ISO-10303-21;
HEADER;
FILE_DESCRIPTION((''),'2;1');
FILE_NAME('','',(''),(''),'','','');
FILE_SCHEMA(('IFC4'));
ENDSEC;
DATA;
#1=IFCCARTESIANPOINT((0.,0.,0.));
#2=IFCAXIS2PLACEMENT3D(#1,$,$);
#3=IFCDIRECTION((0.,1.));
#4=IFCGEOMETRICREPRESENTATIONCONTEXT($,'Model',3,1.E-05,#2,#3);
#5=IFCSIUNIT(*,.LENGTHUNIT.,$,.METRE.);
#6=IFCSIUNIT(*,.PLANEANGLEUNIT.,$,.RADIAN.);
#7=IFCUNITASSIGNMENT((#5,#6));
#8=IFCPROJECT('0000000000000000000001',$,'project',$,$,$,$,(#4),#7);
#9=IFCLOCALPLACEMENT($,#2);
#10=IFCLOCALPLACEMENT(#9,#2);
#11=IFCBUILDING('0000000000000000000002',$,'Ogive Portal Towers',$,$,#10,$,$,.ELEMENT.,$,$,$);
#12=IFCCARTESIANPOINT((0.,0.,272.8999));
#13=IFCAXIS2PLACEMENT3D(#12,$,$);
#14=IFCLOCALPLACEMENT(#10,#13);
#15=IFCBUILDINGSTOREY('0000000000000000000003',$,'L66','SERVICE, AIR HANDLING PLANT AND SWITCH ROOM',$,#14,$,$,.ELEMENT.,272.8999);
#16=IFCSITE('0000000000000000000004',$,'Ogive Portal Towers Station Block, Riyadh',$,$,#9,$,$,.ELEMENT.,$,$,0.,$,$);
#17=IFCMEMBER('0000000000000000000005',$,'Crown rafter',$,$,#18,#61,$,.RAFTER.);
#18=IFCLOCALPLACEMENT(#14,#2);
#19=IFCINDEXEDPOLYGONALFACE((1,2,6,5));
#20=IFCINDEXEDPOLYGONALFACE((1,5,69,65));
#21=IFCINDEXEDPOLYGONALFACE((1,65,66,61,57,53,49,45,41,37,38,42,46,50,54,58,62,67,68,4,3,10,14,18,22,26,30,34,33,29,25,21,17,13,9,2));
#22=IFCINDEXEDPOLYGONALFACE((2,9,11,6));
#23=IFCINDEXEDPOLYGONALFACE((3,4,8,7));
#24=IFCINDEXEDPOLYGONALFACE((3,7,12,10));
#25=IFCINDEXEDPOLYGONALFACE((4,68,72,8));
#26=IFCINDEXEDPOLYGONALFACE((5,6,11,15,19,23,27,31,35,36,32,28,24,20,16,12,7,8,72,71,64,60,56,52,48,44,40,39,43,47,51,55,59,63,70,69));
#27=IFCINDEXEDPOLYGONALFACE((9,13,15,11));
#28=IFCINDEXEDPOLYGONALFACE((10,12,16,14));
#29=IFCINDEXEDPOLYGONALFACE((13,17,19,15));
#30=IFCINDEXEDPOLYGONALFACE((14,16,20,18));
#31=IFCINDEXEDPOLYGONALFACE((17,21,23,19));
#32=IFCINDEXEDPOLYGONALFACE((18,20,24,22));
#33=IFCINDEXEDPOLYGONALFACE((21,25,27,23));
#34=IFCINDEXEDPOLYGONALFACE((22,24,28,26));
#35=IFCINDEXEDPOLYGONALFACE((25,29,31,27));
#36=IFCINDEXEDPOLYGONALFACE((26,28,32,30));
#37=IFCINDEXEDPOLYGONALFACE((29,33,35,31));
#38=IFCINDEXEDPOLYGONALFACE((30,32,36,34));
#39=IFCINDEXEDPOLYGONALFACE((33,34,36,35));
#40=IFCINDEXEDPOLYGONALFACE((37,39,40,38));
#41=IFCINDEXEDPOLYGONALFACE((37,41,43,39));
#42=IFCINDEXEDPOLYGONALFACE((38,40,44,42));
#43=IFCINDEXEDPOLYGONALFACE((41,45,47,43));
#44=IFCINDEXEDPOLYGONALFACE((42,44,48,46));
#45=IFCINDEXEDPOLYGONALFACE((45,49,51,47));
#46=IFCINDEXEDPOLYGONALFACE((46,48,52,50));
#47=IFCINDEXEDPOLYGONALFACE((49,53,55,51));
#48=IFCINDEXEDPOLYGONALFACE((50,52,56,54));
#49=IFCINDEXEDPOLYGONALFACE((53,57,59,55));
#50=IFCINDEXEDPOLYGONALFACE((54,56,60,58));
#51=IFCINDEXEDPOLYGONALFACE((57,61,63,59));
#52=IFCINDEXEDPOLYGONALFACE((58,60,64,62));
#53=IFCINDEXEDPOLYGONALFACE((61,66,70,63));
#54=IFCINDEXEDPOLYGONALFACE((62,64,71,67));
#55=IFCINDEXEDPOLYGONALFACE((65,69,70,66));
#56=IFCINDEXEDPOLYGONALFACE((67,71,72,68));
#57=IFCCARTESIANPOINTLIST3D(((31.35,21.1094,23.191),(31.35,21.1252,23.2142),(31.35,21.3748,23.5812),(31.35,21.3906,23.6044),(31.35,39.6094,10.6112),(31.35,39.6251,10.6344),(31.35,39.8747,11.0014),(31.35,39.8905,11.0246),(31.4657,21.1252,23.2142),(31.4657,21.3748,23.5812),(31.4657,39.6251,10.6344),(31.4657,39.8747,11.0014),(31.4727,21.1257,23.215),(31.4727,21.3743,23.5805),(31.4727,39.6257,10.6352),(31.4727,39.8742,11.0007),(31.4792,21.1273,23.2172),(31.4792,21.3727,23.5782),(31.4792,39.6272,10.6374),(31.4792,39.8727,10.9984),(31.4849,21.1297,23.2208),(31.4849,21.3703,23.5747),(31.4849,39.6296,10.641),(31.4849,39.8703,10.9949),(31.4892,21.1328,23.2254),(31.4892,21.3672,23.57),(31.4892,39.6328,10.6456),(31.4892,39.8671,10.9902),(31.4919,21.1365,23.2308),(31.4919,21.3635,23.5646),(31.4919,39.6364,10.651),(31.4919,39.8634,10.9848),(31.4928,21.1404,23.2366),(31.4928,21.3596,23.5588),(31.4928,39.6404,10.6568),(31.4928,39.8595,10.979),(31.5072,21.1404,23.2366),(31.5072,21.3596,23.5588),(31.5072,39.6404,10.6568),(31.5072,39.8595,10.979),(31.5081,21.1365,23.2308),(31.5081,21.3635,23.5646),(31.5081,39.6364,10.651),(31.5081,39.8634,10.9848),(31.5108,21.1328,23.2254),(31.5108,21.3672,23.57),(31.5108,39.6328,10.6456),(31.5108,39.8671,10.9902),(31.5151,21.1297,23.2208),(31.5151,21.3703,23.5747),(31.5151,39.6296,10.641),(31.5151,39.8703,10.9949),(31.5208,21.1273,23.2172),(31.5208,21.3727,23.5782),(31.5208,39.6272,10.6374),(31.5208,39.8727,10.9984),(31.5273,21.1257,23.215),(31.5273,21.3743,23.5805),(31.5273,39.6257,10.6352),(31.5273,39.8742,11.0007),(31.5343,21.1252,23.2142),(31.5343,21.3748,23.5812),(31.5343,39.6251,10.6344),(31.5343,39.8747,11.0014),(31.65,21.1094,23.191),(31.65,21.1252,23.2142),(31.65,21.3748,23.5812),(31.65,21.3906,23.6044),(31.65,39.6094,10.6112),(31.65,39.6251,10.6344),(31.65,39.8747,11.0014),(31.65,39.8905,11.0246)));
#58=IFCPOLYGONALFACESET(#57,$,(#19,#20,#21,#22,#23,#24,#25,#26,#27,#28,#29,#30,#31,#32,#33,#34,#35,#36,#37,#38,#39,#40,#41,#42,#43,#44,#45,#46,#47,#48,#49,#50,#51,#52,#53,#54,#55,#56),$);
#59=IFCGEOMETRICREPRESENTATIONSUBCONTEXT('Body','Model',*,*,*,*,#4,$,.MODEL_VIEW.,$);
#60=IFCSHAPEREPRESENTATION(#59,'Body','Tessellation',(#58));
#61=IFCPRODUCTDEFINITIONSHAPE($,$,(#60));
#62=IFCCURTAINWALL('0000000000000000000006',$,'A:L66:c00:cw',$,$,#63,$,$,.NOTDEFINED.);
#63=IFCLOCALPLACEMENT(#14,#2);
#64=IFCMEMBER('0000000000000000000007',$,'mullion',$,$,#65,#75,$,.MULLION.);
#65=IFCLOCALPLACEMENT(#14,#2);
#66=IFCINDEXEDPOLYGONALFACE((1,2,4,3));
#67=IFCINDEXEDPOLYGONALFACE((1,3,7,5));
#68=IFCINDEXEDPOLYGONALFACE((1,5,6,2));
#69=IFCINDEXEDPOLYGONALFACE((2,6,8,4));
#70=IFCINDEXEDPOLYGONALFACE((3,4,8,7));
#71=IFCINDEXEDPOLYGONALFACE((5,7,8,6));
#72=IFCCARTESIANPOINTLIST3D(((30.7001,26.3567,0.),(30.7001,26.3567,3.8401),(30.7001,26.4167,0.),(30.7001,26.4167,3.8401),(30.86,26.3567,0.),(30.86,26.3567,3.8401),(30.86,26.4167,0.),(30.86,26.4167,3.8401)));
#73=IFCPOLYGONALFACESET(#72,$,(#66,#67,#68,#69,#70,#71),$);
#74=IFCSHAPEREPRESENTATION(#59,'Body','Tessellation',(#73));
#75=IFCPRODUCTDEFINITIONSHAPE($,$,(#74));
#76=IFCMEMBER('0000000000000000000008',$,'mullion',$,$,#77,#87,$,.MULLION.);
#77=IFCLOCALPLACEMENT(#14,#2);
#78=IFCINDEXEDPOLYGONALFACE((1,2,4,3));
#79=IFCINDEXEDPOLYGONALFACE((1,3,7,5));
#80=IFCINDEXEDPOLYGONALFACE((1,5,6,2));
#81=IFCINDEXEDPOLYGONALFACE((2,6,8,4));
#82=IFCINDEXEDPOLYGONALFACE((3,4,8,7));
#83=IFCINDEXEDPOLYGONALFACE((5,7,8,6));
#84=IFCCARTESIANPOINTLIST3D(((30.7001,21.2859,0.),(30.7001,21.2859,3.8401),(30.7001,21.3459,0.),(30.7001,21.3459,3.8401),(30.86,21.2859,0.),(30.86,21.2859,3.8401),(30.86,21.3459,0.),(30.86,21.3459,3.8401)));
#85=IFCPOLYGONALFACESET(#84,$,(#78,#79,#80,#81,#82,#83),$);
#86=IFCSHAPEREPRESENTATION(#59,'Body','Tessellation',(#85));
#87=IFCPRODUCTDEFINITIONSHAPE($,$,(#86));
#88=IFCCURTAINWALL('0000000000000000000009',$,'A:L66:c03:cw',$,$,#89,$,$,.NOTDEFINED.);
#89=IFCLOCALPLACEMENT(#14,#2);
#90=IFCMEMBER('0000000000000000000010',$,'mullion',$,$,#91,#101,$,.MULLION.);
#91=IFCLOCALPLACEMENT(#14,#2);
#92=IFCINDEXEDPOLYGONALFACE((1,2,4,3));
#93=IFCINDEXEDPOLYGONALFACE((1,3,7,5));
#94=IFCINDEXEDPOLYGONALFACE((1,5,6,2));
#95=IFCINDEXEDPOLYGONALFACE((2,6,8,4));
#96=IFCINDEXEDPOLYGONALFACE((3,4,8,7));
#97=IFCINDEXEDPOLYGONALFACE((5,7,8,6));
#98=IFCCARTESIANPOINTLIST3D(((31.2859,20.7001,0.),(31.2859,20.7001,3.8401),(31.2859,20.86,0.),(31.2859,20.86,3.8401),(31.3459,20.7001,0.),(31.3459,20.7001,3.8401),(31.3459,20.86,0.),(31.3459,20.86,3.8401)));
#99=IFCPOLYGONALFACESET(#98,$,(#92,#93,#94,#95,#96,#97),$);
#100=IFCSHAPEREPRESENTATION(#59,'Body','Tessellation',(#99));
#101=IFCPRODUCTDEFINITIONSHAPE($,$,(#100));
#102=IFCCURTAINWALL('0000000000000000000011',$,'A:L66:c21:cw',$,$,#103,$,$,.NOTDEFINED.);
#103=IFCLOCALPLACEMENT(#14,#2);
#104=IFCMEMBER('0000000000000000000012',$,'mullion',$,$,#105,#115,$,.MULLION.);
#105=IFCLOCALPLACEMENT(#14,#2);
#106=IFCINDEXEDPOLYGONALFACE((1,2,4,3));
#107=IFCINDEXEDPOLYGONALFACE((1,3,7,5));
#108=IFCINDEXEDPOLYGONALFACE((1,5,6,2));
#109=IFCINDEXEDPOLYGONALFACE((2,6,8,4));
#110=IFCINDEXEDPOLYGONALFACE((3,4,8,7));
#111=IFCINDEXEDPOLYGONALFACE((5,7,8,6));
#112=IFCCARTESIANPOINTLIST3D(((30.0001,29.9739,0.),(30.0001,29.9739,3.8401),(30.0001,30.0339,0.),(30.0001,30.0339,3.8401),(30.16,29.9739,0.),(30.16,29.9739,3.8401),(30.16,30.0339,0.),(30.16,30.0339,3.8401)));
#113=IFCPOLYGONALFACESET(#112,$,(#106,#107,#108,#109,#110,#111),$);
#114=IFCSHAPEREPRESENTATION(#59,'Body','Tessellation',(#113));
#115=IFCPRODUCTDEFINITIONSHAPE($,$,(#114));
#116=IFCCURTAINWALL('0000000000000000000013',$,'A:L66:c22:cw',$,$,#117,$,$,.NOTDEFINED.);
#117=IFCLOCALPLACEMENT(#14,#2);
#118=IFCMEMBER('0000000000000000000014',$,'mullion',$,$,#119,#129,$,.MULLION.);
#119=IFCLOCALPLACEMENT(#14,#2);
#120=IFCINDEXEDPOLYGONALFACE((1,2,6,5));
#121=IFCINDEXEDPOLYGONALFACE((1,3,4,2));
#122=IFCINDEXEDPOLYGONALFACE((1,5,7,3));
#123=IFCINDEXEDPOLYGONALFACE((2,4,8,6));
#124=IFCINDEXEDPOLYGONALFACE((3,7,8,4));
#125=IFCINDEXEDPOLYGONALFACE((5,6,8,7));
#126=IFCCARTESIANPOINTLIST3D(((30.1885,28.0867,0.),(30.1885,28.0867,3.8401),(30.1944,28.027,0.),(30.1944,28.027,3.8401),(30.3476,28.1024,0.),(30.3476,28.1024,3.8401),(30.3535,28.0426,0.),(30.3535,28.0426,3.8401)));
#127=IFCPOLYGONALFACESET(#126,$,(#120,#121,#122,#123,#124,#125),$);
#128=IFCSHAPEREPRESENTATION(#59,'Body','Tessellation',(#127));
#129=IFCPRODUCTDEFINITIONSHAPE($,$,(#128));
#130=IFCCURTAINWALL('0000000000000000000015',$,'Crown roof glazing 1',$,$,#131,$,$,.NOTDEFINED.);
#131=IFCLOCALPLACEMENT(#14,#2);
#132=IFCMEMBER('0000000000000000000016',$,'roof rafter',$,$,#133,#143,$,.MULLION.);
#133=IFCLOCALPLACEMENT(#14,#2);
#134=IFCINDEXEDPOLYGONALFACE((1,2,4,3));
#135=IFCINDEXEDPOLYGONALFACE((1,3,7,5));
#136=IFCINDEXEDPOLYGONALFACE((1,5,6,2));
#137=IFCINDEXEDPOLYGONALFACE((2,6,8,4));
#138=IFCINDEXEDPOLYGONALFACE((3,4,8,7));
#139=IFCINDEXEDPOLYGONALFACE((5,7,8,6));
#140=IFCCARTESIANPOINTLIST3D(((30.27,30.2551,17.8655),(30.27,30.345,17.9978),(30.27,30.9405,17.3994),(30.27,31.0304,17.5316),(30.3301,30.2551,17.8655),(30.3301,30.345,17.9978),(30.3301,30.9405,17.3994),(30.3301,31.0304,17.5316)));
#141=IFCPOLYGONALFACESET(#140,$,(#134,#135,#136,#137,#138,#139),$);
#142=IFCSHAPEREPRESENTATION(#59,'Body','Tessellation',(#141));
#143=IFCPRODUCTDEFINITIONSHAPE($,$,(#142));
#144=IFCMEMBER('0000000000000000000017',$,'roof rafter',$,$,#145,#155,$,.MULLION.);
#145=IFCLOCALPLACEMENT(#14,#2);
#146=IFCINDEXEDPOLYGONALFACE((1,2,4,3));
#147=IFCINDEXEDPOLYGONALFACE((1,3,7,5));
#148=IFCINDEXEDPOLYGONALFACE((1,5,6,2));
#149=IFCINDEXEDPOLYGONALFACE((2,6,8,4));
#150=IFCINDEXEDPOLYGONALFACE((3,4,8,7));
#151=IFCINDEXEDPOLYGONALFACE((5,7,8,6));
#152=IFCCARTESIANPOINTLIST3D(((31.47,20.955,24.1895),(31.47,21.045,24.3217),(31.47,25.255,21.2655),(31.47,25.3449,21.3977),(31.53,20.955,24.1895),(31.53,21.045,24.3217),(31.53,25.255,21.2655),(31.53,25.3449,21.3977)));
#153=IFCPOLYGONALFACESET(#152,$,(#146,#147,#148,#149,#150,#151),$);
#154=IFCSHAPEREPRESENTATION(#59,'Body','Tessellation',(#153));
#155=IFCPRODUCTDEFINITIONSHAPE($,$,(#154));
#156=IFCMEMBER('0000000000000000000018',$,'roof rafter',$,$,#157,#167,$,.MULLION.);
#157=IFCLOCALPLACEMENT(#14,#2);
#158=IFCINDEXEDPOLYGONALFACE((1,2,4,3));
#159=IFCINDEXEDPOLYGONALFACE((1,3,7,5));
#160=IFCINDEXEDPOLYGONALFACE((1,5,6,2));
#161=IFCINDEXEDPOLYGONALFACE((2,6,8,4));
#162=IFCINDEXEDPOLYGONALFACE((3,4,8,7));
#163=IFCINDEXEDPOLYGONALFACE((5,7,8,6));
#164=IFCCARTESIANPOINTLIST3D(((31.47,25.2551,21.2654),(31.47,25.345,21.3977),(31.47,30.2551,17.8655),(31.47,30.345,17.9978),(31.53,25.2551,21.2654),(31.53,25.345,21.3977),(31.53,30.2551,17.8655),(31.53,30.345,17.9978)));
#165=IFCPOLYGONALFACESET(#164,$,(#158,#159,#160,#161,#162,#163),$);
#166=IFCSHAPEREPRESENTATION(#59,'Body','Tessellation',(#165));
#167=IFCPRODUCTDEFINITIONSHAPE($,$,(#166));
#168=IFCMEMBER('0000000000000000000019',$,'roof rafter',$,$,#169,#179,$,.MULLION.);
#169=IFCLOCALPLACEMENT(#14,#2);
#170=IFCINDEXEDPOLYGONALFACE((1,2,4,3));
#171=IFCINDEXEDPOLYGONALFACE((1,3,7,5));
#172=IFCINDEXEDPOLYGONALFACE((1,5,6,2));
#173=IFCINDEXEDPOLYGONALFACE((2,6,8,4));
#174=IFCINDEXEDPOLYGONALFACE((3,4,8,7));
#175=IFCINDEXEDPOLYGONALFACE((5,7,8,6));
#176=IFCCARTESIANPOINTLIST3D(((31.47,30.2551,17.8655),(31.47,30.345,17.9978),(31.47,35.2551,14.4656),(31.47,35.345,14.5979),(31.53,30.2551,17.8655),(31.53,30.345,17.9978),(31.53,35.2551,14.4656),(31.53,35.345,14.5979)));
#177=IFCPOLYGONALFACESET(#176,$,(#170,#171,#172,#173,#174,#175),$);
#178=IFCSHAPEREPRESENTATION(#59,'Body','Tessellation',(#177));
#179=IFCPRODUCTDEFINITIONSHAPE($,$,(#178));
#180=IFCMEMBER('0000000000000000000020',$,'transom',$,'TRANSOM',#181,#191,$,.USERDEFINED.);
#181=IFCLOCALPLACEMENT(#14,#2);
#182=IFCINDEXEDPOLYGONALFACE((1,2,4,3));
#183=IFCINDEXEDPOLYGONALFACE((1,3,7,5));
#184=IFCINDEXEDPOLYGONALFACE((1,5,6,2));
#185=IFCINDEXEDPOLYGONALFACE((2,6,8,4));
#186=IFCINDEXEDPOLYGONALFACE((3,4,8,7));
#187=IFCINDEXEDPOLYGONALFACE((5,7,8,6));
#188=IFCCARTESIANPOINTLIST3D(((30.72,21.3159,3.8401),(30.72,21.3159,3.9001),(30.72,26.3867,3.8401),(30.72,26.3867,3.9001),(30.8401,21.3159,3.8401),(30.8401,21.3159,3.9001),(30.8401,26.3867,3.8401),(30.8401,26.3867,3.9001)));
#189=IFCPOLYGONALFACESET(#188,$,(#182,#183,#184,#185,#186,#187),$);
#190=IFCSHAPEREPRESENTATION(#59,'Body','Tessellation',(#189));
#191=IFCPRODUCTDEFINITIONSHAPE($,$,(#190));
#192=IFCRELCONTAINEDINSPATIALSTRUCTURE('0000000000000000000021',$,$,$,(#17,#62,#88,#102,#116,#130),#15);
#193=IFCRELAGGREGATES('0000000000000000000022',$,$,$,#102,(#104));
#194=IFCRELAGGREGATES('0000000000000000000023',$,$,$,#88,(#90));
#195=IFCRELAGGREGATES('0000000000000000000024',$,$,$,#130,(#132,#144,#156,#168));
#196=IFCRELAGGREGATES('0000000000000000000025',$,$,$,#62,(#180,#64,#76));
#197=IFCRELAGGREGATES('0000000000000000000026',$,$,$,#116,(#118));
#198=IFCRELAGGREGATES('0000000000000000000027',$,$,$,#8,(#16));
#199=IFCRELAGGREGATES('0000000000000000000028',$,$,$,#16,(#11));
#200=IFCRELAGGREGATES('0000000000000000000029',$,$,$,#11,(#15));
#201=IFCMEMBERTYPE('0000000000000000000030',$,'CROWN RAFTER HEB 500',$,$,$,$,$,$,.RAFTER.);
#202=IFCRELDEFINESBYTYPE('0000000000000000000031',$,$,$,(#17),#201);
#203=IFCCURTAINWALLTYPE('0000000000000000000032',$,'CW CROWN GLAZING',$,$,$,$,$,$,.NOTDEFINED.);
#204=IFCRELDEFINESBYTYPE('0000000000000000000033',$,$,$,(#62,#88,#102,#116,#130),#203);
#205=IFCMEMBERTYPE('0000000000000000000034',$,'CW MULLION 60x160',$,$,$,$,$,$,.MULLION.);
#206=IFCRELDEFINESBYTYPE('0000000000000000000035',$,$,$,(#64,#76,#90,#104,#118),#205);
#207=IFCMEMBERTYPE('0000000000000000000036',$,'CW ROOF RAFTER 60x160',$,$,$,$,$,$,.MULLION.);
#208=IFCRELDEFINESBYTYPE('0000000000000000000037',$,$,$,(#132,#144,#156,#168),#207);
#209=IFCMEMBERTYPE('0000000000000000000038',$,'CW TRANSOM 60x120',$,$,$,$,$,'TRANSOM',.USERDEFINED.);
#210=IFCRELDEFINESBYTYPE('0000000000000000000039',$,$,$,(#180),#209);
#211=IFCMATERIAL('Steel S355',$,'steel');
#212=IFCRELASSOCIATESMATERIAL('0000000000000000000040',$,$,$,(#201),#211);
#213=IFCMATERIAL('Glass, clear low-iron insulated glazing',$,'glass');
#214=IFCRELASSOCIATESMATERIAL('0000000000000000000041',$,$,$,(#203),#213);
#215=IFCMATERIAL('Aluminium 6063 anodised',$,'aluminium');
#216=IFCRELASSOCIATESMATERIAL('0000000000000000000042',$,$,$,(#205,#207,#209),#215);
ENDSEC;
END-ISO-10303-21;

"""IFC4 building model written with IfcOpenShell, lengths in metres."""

from ifc_helpers import new_model, si_unit, direction, frame, origin, origin_2d, place, context, subcontext, project, spatial, rectangle, i_section, extrude, material, material_profile, profile_set, type_object, element, aggregate, save


model = new_model("IFC4")

# Units and contexts
model_context = context("Model", 3, precision=1e-05, world=origin(), true_north=direction((0.0, 1.0)))
body_context = subcontext(model_context, "Body", "Model", "MODEL_VIEW")
ifc_project = project(units=[si_unit("LENGTHUNIT", "METRE"), si_unit("PLANEANGLEUNIT", "RADIAN")], contexts=[model_context])

# Site, building, storey
site_placement = place(None, origin())
site = spatial("IfcSite", under=ifc_project, at=site_placement, Name="Ogive Portal Towers Station Block, Riyadh", CompositionType="ELEMENT", RefElevation=0.0)
building_placement = place(site_placement, origin())
building = spatial("IfcBuilding", under=site, at=building_placement, Name="Ogive Portal Towers", CompositionType="ELEMENT")
storey_placement = place(building_placement, frame((0.0, 0.0, 272.8999)))
storey = spatial("IfcBuildingStorey", under=building, at=storey_placement, Name="L66", Description="SERVICE, AIR HANDLING PLANT AND SWITCH ROOM", CompositionType="ELEMENT", Elevation=272.8999)

# Member
ifc_material_1 = material(Name="Steel S355", Category="steel")
ifc_material_profile_1 = material_profile(ifc_material_1, i_section(OverallWidth=0.3, OverallDepth=0.5, WebThickness=0.0144, FlangeThickness=0.0281, FilletRadius=0.0271, at=origin_2d()), Name="HEB 500")
ifc_profile_set_1 = profile_set([ifc_material_profile_1], Name="Steel S355")
member_type_1 = type_object("IfcMemberType", Name="CROWN RAFTER HEB 500", PredefinedType="RAFTER", material=ifc_profile_set_1)
member_1_placement = place(storey_placement, frame((31.5, 21.25, 23.3977), z_axis=(0.0, 0.82693, -0.562305), x_axis=(-1.0, 0.0, 0.0)))
element("IfcMember", 1, at=member_1_placement, inside=storey, type_object=member_type_1, Name="Crown rafter", PredefinedType="RAFTER", context=body_context, shape_type="SweptSolid", body=[
    extrude(i_section(OverallWidth=0.3, OverallDepth=0.5, WebThickness=0.0144, FlangeThickness=0.0281, FilletRadius=0.0271, at=origin_2d()), origin(), (0.0, 0.0, 1.0), 22.3718),
])

# Curtain wall, members
ifc_material_2 = material(Name="Glass, clear low-iron insulated glazing", Category="glass")
curtain_wall_type = type_object("IfcCurtainWallType", Name="CW CROWN GLAZING", PredefinedType="NOTDEFINED", material=ifc_material_2)
curtain_wall_1_placement = place(storey_placement, origin())
curtain_wall_1 = element("IfcCurtainWall", 2, at=curtain_wall_1_placement, inside=storey, type_object=curtain_wall_type, Name="A:L66:c00:cw", PredefinedType="NOTDEFINED")
ifc_material_3 = material(Name="Aluminium 6063 anodised", Category="aluminium")
ifc_material_profile_2 = material_profile(ifc_material_3, rectangle(XDim=0.1599, YDim=0.0601, at=origin_2d()), Name="AL 60x160")
ifc_profile_set_2 = profile_set([ifc_material_profile_2], Name="Aluminium 6063 anodised")
member_type_2 = type_object("IfcMemberType", Name="CW MULLION 60x160", PredefinedType="MULLION", material=ifc_profile_set_2)
member_2_placement = place(storey_placement, frame((30.78, 26.3867, 0.0), z_axis=(0.0, 0.0, 1.0), x_axis=(1.0, 0.0, 0.0)))
member_2 = element("IfcMember", 3, at=member_2_placement, type_object=member_type_2, Name="mullion", PredefinedType="MULLION", context=body_context, shape_type="SweptSolid", body=[
    extrude(rectangle(XDim=0.1599, YDim=0.0601, at=origin_2d()), origin(), (0.0, 0.0, 1.0), 3.8401),
])
member_3_placement = place(storey_placement, frame((30.78, 21.3159, 0.0), z_axis=(0.0, 0.0, 1.0), x_axis=(1.0, 0.0, 0.0)))
member_3 = element("IfcMember", 4, at=member_3_placement, type_object=member_type_2, Name="mullion", PredefinedType="MULLION", context=body_context, shape_type="SweptSolid", body=[
    extrude(rectangle(XDim=0.1599, YDim=0.0601, at=origin_2d()), origin(), (0.0, 0.0, 1.0), 3.8401),
])

# Curtain walls, members
curtain_wall_2_placement = place(storey_placement, origin())
curtain_wall_2 = element("IfcCurtainWall", 5, at=curtain_wall_2_placement, inside=storey, type_object=curtain_wall_type, Name="A:L66:c03:cw", PredefinedType="NOTDEFINED")
member_4_placement = place(storey_placement, frame((31.3159, 20.78, 0.0), z_axis=(0.0, 0.0, 1.0), x_axis=(0.0, 1.0, 0.0)))
member_4 = element("IfcMember", 6, at=member_4_placement, type_object=member_type_2, Name="mullion", PredefinedType="MULLION", context=body_context, shape_type="SweptSolid", body=[
    extrude(rectangle(XDim=0.1599, YDim=0.0601, at=origin_2d()), origin(), (0.0, 0.0, 1.0), 3.8401),
])
curtain_wall_3_placement = place(storey_placement, origin())
curtain_wall_3 = element("IfcCurtainWall", 7, at=curtain_wall_3_placement, inside=storey, type_object=curtain_wall_type, Name="A:L66:c21:cw", PredefinedType="NOTDEFINED")
member_5_placement = place(storey_placement, frame((30.0801, 30.0039, 0.0), z_axis=(0.0, 0.0, 1.0), x_axis=(1.0, 0.0, 0.0)))
member_5 = element("IfcMember", 8, at=member_5_placement, type_object=member_type_2, Name="mullion", PredefinedType="MULLION", context=body_context, shape_type="SweptSolid", body=[
    extrude(rectangle(XDim=0.1599, YDim=0.0601, at=origin_2d()), origin(), (0.0, 0.0, 1.0), 3.8401),
])
aggregate(curtain_wall_3, [member_5])
curtain_wall_4_placement = place(storey_placement, origin())
curtain_wall_4 = element("IfcCurtainWall", 9, at=curtain_wall_4_placement, inside=storey, type_object=curtain_wall_type, Name="A:L66:c22:cw", PredefinedType="NOTDEFINED")
member_6_placement = place(storey_placement, frame((30.271, 28.0647, 0.0), z_axis=(0.0, 0.0, 1.0), x_axis=(0.995185, 0.098017, 0.0)))
member_6 = element("IfcMember", 10, at=member_6_placement, type_object=member_type_2, Name="mullion", PredefinedType="MULLION", context=body_context, shape_type="SweptSolid", body=[
    extrude(rectangle(XDim=0.1599, YDim=0.0601, at=origin_2d()), origin(), (0.0, 0.0, 1.0), 3.8401),
])

# Curtain wall, members
curtain_wall_5_placement = place(storey_placement, origin())
curtain_wall_5 = element("IfcCurtainWall", 11, at=curtain_wall_5_placement, inside=storey, type_object=curtain_wall_type, Name="Crown roof glazing 1", PredefinedType="NOTDEFINED")
ifc_material_profile_3 = material_profile(ifc_material_3, rectangle(XDim=0.0601, YDim=0.1599, at=origin_2d()), Name="AL 60x160 rafter")
ifc_profile_set_3 = profile_set([ifc_material_profile_3], Name="Aluminium 6063 anodised")
member_type_3 = type_object("IfcMemberType", Name="CW ROOF RAFTER 60x160", PredefinedType="MULLION", material=ifc_profile_set_3)
member_7_placement = place(storey_placement, frame((30.3, 30.3, 17.9316), z_axis=(0.0, 0.826894, -0.562358), x_axis=(-1.0, 0.0, 0.0)))
member_7 = element("IfcMember", 12, at=member_7_placement, type_object=member_type_3, Name="roof rafter", PredefinedType="MULLION", context=body_context, shape_type="SweptSolid", body=[
    extrude(rectangle(XDim=0.0601, YDim=0.1599, at=origin_2d()), origin(), (0.0, 0.0, 1.0), 0.8289),
])
member_8_placement = place(storey_placement, frame((31.5, 21.0, 24.2556), z_axis=(0.0, 0.826923, -0.562315), x_axis=(-1.0, 0.0, 0.0)))
member_8 = element("IfcMember", 13, at=member_8_placement, type_object=member_type_3, Name="roof rafter", PredefinedType="MULLION", context=body_context, shape_type="SweptSolid", body=[
    extrude(rectangle(XDim=0.0601, YDim=0.1599, at=origin_2d()), origin(), (0.0, 0.0, 1.0), 5.2),
])
member_9_placement = place(storey_placement, frame((31.5, 25.3, 21.3315), z_axis=(0.0, 0.826934, -0.562299), x_axis=(-1.0, 0.0, 0.0)))
member_9 = element("IfcMember", 14, at=member_9_placement, type_object=member_type_3, Name="roof rafter", PredefinedType="MULLION", context=body_context, shape_type="SweptSolid", body=[
    extrude(rectangle(XDim=0.0601, YDim=0.1599, at=origin_2d()), origin(), (0.0, 0.0, 1.0), 6.0464),
])
member_10_placement = place(storey_placement, frame((31.5, 30.3, 17.9316), z_axis=(0.0, 0.826934, -0.562299), x_axis=(-1.0, 0.0, 0.0)))
member_10 = element("IfcMember", 15, at=member_10_placement, type_object=member_type_3, Name="roof rafter", PredefinedType="MULLION", context=body_context, shape_type="SweptSolid", body=[
    extrude(rectangle(XDim=0.0601, YDim=0.1599, at=origin_2d()), origin(), (0.0, 0.0, 1.0), 6.0464),
])

# Member
ifc_material_profile_4 = material_profile(ifc_material_3, rectangle(XDim=0.1201, YDim=0.0601, at=origin_2d()), Name="AL 120x60")
ifc_profile_set_4 = profile_set([ifc_material_profile_4], Name="Aluminium 6063 anodised")
member_type_4 = type_object("IfcMemberType", Name="CW TRANSOM 60x120", ElementType="TRANSOM", PredefinedType="USERDEFINED", material=ifc_profile_set_4)
member_11_placement = place(storey_placement, frame((30.78, 26.3867, 3.8701), z_axis=(0.0, -1.0, 0.0), x_axis=(1.0, 0.0, 0.0)))
member_11 = element("IfcMember", 16, at=member_11_placement, type_object=member_type_4, Name="transom", ObjectType="TRANSOM", PredefinedType="USERDEFINED", context=body_context, shape_type="SweptSolid", body=[
    extrude(rectangle(XDim=0.1201, YDim=0.0601, at=origin_2d()), origin(), (0.0, 0.0, 1.0), 5.0708),
])
aggregate(curtain_wall_2, [member_4])

aggregate(curtain_wall_5, [member_7, member_8, member_9, member_10])

aggregate(curtain_wall_1, [member_11, member_2, member_3])
aggregate(curtain_wall_4, [member_6])

save(model, "model.ifc")
